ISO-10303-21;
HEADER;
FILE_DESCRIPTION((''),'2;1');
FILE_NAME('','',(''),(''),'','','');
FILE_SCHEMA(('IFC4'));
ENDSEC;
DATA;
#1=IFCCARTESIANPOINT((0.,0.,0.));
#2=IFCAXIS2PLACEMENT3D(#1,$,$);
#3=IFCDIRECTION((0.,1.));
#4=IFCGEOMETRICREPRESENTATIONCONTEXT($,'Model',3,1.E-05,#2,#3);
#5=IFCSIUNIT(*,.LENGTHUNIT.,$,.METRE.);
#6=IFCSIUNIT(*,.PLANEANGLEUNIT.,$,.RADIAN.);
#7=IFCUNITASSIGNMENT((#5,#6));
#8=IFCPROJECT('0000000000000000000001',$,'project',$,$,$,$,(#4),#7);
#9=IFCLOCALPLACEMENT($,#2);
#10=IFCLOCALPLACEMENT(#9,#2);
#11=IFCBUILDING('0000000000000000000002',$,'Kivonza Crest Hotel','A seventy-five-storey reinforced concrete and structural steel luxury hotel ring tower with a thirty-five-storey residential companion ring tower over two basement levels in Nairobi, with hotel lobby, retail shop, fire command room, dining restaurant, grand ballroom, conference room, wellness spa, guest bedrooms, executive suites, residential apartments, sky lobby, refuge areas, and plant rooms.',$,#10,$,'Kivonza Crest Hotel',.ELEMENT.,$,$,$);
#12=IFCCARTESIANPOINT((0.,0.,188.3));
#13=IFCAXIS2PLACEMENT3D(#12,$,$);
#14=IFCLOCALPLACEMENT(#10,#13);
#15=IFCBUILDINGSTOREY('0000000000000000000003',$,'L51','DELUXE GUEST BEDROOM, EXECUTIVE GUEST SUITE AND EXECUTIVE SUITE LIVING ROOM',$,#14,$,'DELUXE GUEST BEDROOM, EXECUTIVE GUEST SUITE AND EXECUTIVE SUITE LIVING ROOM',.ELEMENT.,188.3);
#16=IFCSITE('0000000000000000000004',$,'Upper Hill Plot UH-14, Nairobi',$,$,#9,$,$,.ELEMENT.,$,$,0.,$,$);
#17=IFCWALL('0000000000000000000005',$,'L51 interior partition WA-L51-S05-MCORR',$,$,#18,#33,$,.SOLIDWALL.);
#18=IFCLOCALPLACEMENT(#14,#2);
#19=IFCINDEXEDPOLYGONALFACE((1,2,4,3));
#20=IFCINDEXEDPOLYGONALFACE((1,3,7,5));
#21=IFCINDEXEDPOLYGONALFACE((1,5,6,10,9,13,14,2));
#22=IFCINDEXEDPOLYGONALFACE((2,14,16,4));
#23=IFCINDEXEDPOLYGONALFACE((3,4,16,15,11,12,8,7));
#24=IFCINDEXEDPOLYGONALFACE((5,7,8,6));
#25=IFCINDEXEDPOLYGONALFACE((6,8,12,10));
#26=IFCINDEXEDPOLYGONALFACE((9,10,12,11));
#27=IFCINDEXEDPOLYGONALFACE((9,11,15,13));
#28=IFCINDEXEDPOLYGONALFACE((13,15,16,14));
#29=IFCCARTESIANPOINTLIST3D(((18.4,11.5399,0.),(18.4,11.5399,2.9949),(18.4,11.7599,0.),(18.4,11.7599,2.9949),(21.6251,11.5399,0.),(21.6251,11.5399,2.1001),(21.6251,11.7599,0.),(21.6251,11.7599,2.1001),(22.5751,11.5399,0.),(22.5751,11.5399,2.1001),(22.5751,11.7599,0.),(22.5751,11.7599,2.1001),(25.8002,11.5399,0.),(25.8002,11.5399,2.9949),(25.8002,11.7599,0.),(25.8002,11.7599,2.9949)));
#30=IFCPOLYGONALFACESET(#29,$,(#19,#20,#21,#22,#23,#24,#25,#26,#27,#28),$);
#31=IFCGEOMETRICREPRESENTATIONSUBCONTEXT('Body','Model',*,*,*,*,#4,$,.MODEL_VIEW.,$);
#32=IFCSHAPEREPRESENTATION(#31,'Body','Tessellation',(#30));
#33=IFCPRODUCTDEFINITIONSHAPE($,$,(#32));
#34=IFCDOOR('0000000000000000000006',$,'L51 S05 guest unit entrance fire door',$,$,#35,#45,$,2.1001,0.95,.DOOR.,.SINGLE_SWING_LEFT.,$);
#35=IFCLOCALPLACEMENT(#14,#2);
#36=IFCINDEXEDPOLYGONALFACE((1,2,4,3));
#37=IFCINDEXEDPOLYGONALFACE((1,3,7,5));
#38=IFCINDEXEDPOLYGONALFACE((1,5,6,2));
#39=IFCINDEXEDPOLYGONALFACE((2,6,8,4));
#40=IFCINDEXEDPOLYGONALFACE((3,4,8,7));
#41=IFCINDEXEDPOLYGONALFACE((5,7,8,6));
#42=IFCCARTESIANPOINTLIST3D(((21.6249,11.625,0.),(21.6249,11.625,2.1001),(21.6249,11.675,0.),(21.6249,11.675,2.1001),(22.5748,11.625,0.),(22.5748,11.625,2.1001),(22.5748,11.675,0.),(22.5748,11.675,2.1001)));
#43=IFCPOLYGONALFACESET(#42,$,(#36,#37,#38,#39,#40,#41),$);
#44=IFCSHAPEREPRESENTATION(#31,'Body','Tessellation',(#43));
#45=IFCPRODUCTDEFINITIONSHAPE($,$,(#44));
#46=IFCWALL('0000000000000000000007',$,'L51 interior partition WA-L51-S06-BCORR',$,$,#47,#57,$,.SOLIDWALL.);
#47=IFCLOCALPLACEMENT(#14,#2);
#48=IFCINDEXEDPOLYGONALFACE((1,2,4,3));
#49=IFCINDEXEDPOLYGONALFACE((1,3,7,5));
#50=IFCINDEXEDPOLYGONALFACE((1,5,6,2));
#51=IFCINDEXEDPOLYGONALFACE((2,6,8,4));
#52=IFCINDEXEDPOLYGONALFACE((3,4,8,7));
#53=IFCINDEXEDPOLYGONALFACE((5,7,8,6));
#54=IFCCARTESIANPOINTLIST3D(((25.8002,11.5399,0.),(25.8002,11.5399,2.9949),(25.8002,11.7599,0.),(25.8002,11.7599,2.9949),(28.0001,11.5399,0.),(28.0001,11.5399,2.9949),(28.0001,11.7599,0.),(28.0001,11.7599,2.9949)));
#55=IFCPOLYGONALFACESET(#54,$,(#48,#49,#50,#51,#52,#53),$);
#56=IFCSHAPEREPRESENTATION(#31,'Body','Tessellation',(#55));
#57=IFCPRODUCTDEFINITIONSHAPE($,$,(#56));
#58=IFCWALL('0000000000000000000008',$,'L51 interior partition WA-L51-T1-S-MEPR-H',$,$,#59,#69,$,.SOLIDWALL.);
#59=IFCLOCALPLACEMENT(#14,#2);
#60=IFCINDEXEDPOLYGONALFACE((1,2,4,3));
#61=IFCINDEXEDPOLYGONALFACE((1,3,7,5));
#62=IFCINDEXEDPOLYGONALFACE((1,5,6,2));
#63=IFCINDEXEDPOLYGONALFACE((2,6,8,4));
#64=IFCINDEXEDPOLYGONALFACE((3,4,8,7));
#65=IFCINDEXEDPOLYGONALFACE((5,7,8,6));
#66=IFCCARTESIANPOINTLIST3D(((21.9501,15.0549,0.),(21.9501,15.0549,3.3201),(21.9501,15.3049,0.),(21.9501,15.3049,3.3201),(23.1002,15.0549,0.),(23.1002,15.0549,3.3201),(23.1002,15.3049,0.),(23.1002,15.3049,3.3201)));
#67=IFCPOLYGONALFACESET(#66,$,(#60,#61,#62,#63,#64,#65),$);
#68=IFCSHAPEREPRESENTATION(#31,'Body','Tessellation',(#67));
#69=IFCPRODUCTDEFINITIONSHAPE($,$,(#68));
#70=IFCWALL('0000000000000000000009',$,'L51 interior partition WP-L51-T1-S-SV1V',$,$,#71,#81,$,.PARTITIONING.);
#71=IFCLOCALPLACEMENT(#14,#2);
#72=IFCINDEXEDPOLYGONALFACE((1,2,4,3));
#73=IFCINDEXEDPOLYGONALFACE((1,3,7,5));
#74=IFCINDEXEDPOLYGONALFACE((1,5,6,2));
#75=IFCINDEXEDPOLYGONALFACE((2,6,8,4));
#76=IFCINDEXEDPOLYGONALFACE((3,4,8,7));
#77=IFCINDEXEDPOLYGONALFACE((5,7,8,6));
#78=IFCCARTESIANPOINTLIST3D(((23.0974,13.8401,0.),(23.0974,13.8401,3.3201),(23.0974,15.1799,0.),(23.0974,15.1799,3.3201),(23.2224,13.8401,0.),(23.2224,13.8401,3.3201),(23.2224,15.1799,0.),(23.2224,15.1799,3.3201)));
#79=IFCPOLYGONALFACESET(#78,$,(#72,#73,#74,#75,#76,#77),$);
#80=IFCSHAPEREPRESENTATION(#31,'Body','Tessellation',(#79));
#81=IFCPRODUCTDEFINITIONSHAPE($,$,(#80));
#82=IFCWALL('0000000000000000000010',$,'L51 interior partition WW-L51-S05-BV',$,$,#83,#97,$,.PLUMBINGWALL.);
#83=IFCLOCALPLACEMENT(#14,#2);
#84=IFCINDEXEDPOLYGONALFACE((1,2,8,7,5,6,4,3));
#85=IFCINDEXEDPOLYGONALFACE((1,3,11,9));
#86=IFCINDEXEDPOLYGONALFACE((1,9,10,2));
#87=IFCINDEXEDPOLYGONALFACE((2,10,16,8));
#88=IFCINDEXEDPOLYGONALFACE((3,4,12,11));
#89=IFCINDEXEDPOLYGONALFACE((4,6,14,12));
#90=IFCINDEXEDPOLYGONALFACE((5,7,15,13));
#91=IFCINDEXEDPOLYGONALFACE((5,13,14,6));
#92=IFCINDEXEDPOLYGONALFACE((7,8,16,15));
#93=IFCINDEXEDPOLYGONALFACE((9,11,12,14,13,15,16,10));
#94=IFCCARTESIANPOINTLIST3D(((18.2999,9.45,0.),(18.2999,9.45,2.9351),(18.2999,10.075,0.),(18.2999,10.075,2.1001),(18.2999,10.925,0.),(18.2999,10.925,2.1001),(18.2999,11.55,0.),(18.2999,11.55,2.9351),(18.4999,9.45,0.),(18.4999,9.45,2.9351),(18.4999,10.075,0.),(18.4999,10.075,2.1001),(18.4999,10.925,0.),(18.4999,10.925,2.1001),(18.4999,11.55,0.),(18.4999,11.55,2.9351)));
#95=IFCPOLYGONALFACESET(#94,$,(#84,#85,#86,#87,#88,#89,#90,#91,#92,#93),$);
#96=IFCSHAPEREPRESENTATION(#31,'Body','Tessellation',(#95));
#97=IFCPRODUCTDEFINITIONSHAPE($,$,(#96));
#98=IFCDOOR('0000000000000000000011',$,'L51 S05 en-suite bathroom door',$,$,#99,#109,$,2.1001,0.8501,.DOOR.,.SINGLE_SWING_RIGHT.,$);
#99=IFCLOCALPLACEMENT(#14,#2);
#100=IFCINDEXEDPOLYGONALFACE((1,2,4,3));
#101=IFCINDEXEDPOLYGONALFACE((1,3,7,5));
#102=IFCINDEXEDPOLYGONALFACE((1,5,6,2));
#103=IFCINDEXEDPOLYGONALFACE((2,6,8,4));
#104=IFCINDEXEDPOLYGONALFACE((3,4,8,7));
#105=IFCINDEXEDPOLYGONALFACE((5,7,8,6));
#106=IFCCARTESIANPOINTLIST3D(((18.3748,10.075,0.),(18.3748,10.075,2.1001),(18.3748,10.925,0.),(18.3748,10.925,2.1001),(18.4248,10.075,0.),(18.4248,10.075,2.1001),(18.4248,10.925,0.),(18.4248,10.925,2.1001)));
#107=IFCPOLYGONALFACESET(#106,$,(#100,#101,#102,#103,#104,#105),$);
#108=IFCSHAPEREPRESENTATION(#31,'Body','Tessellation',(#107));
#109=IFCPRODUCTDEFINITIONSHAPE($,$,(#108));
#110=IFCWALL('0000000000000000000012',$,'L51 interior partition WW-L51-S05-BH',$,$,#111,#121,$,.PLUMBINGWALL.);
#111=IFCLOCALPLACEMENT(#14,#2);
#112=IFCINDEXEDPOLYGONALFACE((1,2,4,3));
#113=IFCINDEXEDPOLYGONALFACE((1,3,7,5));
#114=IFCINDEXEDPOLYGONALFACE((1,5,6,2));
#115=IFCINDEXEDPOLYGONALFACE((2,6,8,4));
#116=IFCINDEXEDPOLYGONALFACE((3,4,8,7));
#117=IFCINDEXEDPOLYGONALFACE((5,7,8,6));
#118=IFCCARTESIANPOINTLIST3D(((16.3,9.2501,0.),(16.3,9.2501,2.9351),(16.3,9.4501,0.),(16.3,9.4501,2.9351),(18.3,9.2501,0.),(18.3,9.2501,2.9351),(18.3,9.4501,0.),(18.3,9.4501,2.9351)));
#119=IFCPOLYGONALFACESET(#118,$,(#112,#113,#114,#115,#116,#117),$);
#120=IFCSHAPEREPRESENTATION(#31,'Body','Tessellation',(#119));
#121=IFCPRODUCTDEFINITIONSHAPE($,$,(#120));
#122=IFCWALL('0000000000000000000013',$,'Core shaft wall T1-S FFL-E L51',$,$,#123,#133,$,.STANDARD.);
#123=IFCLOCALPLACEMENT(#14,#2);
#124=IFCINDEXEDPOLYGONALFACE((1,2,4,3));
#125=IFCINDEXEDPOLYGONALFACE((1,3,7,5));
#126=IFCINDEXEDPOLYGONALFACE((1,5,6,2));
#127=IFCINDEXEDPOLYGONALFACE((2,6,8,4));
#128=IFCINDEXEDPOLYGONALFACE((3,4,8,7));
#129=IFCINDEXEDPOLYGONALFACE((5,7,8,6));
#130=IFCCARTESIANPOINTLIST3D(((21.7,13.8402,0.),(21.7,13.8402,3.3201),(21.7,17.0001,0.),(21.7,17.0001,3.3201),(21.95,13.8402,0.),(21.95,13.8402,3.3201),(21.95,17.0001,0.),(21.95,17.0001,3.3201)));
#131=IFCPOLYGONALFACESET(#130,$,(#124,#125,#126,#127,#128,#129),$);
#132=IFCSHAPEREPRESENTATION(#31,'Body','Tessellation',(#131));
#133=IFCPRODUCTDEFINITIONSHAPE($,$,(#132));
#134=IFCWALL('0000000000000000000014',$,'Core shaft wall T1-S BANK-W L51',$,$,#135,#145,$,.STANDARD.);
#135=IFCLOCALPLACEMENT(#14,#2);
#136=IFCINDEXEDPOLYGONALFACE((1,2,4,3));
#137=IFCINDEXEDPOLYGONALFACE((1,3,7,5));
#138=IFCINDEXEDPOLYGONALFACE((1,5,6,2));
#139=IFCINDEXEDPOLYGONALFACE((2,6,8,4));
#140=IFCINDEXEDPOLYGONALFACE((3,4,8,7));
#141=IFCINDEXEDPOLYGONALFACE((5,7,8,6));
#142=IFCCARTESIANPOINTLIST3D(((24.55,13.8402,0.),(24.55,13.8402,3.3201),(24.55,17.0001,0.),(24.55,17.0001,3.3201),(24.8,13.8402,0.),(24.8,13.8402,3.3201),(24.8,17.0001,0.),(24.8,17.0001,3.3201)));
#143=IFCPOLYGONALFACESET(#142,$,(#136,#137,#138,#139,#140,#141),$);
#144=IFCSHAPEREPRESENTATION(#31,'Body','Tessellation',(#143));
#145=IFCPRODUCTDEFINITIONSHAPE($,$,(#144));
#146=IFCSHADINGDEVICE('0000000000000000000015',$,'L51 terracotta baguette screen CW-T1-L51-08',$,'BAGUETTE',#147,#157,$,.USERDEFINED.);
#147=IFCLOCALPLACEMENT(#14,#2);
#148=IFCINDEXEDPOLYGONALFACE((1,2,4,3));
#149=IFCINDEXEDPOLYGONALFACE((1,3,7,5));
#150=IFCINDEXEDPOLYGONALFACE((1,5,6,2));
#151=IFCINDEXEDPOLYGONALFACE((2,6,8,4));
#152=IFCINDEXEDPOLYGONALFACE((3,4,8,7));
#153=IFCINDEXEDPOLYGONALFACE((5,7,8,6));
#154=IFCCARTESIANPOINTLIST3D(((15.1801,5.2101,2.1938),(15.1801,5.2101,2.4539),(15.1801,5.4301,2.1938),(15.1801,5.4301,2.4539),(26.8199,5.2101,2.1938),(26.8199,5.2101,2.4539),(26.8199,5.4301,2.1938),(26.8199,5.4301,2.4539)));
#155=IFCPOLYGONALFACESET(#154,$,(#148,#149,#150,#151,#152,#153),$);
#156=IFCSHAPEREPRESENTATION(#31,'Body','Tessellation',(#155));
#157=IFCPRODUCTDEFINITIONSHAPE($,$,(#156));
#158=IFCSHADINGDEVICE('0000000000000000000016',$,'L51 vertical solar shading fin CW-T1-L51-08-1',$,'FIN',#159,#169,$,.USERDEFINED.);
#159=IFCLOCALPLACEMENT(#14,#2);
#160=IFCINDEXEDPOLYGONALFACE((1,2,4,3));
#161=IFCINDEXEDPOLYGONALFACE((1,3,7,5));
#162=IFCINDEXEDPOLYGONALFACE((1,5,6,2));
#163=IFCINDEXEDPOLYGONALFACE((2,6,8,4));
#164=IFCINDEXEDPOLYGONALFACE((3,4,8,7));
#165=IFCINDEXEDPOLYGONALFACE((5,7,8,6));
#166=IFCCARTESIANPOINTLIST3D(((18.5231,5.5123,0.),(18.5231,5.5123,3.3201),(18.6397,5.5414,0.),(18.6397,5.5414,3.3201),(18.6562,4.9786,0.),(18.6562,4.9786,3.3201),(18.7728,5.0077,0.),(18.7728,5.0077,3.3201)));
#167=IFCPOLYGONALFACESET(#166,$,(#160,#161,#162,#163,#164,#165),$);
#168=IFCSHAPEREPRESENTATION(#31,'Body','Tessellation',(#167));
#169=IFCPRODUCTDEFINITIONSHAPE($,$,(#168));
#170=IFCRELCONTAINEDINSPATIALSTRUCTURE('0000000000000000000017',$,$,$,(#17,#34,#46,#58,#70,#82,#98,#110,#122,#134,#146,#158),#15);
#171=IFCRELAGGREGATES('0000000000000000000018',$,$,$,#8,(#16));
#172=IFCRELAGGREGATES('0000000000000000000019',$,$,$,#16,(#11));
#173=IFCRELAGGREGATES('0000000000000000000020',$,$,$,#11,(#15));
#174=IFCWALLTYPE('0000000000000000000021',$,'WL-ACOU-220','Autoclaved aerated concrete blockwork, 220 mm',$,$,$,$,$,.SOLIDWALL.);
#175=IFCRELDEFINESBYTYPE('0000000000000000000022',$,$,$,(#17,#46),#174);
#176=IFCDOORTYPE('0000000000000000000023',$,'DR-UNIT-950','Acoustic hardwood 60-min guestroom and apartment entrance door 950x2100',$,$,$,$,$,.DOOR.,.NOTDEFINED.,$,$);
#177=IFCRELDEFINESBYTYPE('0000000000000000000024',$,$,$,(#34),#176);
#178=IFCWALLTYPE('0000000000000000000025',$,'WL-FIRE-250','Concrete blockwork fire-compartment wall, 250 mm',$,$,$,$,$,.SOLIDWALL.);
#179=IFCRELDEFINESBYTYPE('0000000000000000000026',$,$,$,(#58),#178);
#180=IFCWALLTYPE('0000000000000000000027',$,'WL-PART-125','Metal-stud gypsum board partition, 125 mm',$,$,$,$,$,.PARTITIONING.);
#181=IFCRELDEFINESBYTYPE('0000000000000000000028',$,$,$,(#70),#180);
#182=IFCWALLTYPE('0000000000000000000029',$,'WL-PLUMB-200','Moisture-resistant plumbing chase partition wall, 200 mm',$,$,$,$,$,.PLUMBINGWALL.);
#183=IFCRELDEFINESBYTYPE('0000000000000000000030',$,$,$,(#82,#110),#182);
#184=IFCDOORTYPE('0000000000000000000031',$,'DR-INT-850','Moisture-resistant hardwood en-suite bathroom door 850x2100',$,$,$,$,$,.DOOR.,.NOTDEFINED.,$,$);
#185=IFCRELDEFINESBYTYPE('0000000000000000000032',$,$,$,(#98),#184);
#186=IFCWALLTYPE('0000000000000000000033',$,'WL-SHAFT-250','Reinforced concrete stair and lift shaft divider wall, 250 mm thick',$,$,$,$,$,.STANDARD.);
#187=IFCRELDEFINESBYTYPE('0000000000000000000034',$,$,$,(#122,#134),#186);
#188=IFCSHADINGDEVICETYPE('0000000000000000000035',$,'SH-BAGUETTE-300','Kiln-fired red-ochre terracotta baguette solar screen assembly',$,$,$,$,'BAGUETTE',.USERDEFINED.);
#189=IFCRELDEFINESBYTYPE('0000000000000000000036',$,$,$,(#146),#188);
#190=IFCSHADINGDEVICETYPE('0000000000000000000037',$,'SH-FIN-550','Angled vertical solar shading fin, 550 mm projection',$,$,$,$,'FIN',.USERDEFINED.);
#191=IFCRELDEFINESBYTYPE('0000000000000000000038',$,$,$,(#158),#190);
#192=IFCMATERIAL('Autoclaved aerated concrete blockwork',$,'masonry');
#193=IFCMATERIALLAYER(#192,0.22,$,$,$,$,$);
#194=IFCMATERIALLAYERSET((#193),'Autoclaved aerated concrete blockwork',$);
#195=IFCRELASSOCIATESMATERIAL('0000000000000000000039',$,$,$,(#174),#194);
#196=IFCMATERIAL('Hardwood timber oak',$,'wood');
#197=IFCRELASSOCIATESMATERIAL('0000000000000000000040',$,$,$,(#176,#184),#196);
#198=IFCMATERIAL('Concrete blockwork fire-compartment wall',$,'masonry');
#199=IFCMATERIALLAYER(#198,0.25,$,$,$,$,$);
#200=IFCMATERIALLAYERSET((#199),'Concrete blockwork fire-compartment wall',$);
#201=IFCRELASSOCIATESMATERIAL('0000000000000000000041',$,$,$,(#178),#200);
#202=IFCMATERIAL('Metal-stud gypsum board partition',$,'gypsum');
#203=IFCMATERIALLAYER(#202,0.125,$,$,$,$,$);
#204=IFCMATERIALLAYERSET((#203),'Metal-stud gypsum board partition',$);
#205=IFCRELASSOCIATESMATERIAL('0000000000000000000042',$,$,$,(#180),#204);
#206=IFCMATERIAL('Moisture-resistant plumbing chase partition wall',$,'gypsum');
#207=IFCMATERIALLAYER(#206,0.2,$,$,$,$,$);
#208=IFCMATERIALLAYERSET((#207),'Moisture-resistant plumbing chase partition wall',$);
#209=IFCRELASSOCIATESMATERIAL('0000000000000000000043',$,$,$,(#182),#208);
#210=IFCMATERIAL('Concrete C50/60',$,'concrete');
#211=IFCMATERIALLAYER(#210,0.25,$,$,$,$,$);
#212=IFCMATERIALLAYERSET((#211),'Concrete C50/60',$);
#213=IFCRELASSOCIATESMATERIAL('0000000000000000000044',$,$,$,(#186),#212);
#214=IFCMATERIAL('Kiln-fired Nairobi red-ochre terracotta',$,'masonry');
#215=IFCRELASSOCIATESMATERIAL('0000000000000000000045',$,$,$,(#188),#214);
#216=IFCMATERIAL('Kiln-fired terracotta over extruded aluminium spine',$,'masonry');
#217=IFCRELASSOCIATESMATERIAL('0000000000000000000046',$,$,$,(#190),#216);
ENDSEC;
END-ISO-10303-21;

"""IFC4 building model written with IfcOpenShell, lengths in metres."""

from ifc_helpers import new_model, si_unit, direction, frame, frame_2d, origin, origin_2d, place, context, subcontext, project, spatial, rectangle, extrude, material, layer, layer_set, type_object, element, fill, save


model = new_model("IFC4")

# Units and contexts
model_context = context("Model", 3, precision=1e-05, world=origin(), true_north=direction((0.0, 1.0)))
body_context = subcontext(model_context, "Body", "Model", "MODEL_VIEW")
ifc_project = project(units=[si_unit("LENGTHUNIT", "METRE"), si_unit("PLANEANGLEUNIT", "RADIAN")], contexts=[model_context])

# Site, building, storey
site_placement = place(None, origin())
site = spatial("IfcSite", under=ifc_project, at=site_placement, Name="Upper Hill Plot UH-14, Nairobi", CompositionType="ELEMENT", RefElevation=0.0)
building_placement = place(site_placement, origin())
building = spatial("IfcBuilding", under=site, at=building_placement, Name="Kivonza Crest Hotel", Description="A seventy-five-storey reinforced concrete and structural steel luxury hotel ring tower with a thirty-five-storey residential companion ring tower over two basement levels in Nairobi, with hotel lobby, retail shop, fire command room, dining restaurant, grand ballroom, conference room, wellness spa, guest bedrooms, executive suites, residential apartments, sky lobby, refuge areas, and plant rooms.", LongName="Kivonza Crest Hotel", CompositionType="ELEMENT")
storey_placement = place(building_placement, frame((0.0, 0.0, 188.3)))
storey = spatial("IfcBuildingStorey", under=building, at=storey_placement, Name="L51", Description="DELUXE GUEST BEDROOM, EXECUTIVE GUEST SUITE AND EXECUTIVE SUITE LIVING ROOM", LongName="DELUXE GUEST BEDROOM, EXECUTIVE GUEST SUITE AND EXECUTIVE SUITE LIVING ROOM", CompositionType="ELEMENT", Elevation=188.3)

# Shared definitions
ifc_material_1 = material(Name="Concrete C50/60", Category="concrete")

# Wall, opening, door
ifc_material_2 = material(Name="Autoclaved aerated concrete blockwork", Category="masonry")
ifc_layer_1 = layer(ifc_material_2, 0.22)
ifc_layer_set_1 = layer_set([ifc_layer_1], Name="Autoclaved aerated concrete blockwork")
wall_type_1 = type_object("IfcWallType", Name="WL-ACOU-220", Description="Autoclaved aerated concrete blockwork, 220 mm", PredefinedType="SOLIDWALL", material=ifc_layer_set_1)
wall_1_placement = place(storey_placement, frame((18.3999, 11.6499, 0.0), z_axis=(0.0, 0.0, 1.0), x_axis=(1.0, 0.0, 0.0)))
wall_1 = element("IfcWall", 1, at=wall_1_placement, inside=storey, type_object=wall_type_1, Name="L51 interior partition WA-L51-S05-MCORR", PredefinedType="SOLIDWALL", context=body_context, shape_type="SweptSolid", body=[
    extrude(rectangle(XDim=7.4001, YDim=0.22, at=frame_2d((3.7002, 0.0))), origin(), (0.0, 0.0, 1.0), 2.9949),
])
opening_1_placement = place(wall_1_placement, frame((3.2251, 0.0, 0.0)))
opening_1 = element("IfcOpeningElement", 2, at=opening_1_placement, cuts=wall_1, PredefinedType="OPENING", context=body_context, shape_type="SweptSolid", body=[
    extrude(rectangle(XDim=0.95, YDim=2.1001, at=frame_2d((0.4751, 1.05))), frame((0.0, 0.1201, 0.0), z_axis=(0.0, -1.0, 0.0), x_axis=(1.0, 0.0, 0.0)), (0.0, 0.0, 1.0), 0.24),
])
ifc_material_3 = material(Name="Hardwood timber oak", Category="wood")
door_type_1 = type_object("IfcDoorType", Name="DR-UNIT-950", Description="Acoustic hardwood 60-min guestroom and apartment entrance door 950x2100", OperationType="NOTDEFINED", PredefinedType="DOOR", material=ifc_material_3)
door_1_placement = place(opening_1_placement, frame((0.95, 0.0, 0.0), z_axis=(0.0, 0.0, 1.0), x_axis=(-1.0, 0.0, 0.0)))
door_1 = element("IfcDoor", 3, at=door_1_placement, inside=storey, type_object=door_type_1, Name="L51 S05 guest unit entrance fire door", OperationType="SINGLE_SWING_LEFT", OverallHeight=2.1001, OverallWidth=0.95, PredefinedType="DOOR", context=body_context, shape_type="SweptSolid", body=[
    extrude(rectangle(XDim=0.95, YDim=2.1001, at=frame_2d((0.4751, 1.05))), frame((0.0, 0.0249, 0.0), z_axis=(0.0, -1.0, 0.0), x_axis=(1.0, 0.0, 0.0)), (0.0, 0.0, 1.0), 0.05),
])
fill(opening_1, door_1)

# Walls
wall_2_placement = place(storey_placement, frame((25.8, 11.6499, 0.0), z_axis=(0.0, 0.0, 1.0), x_axis=(1.0, 0.0, 0.0)))
element("IfcWall", 4, at=wall_2_placement, inside=storey, type_object=wall_type_1, Name="L51 interior partition WA-L51-S06-BCORR", PredefinedType="SOLIDWALL", context=body_context, shape_type="SweptSolid", body=[
    extrude(rectangle(XDim=2.2, YDim=0.22, at=frame_2d((1.1001, 0.0))), origin(), (0.0, 0.0, 1.0), 2.9949),
])
ifc_material_4 = material(Name="Concrete blockwork fire-compartment wall", Category="masonry")
ifc_layer_2 = layer(ifc_material_4, 0.25)
ifc_layer_set_2 = layer_set([ifc_layer_2], Name="Concrete blockwork fire-compartment wall")
wall_type_2 = type_object("IfcWallType", Name="WL-FIRE-250", Description="Concrete blockwork fire-compartment wall, 250 mm", PredefinedType="SOLIDWALL", material=ifc_layer_set_2)
wall_3_placement = place(storey_placement, frame((21.95, 15.1799, 0.0), z_axis=(0.0, 0.0, 1.0), x_axis=(1.0, 0.0, 0.0)))
element("IfcWall", 5, at=wall_3_placement, inside=storey, type_object=wall_type_2, Name="L51 interior partition WA-L51-T1-S-MEPR-H", PredefinedType="SOLIDWALL", context=body_context, shape_type="SweptSolid", body=[
    extrude(rectangle(XDim=1.1501, YDim=0.25, at=frame_2d((0.5752, 0.0))), origin(), (0.0, 0.0, 1.0), 3.3201),
])
ifc_material_5 = material(Name="Metal-stud gypsum board partition", Category="gypsum")
ifc_layer_3 = layer(ifc_material_5, 0.125)
ifc_layer_set_3 = layer_set([ifc_layer_3], Name="Metal-stud gypsum board partition")
wall_type_3 = type_object("IfcWallType", Name="WL-PART-125", Description="Metal-stud gypsum board partition, 125 mm", PredefinedType="PARTITIONING", material=ifc_layer_set_3)
wall_4_placement = place(storey_placement, frame((23.1599, 13.8401, 0.0), z_axis=(0.0, 0.0, 1.0), x_axis=(0.0, 1.0, 0.0)))
element("IfcWall", 6, at=wall_4_placement, inside=storey, type_object=wall_type_3, Name="L51 interior partition WP-L51-T1-S-SV1V", PredefinedType="PARTITIONING", context=body_context, shape_type="SweptSolid", body=[
    extrude(rectangle(XDim=1.3398, YDim=0.125, at=frame_2d((0.6699, 0.0))), origin(), (0.0, 0.0, 1.0), 3.3201),
])

# Wall, opening, door
ifc_material_6 = material(Name="Moisture-resistant plumbing chase partition wall", Category="gypsum")
ifc_layer_4 = layer(ifc_material_6, 0.2)
ifc_layer_set_4 = layer_set([ifc_layer_4], Name="Moisture-resistant plumbing chase partition wall")
wall_type_4 = type_object("IfcWallType", Name="WL-PLUMB-200", Description="Moisture-resistant plumbing chase partition wall, 200 mm", PredefinedType="PLUMBINGWALL", material=ifc_layer_set_4)
wall_5_placement = place(storey_placement, frame((18.3999, 9.45, 0.0), z_axis=(0.0, 0.0, 1.0), x_axis=(0.0, 1.0, 0.0)))
wall_5 = element("IfcWall", 7, at=wall_5_placement, inside=storey, type_object=wall_type_4, Name="L51 interior partition WW-L51-S05-BV", PredefinedType="PLUMBINGWALL", context=body_context, shape_type="SweptSolid", body=[
    extrude(rectangle(XDim=2.1001, YDim=0.2, at=frame_2d((1.05, 0.0))), origin(), (0.0, 0.0, 1.0), 2.9351),
])
opening_2_placement = place(wall_5_placement, frame((0.625, 0.0, 0.0)))
opening_2 = element("IfcOpeningElement", 8, at=opening_2_placement, cuts=wall_5, PredefinedType="OPENING", context=body_context, shape_type="SweptSolid", body=[
    extrude(rectangle(XDim=0.8501, YDim=2.1001, at=frame_2d((0.425, 1.05))), frame((0.0, 0.1099, 0.0), z_axis=(0.0, -1.0, 0.0), x_axis=(1.0, 0.0, 0.0)), (0.0, 0.0, 1.0), 0.22),
])
door_type_2 = type_object("IfcDoorType", Name="DR-INT-850", Description="Moisture-resistant hardwood en-suite bathroom door 850x2100", OperationType="NOTDEFINED", PredefinedType="DOOR", material=ifc_material_3)
door_2_placement = place(opening_2_placement, frame((0.8501, 0.0, 0.0), z_axis=(0.0, 0.0, 1.0), x_axis=(-1.0, 0.0, 0.0)))
door_2 = element("IfcDoor", 9, at=door_2_placement, inside=storey, type_object=door_type_2, Name="L51 S05 en-suite bathroom door", OperationType="SINGLE_SWING_RIGHT", OverallHeight=2.1001, OverallWidth=0.8501, PredefinedType="DOOR", context=body_context, shape_type="SweptSolid", body=[
    extrude(rectangle(XDim=0.8501, YDim=2.1001, at=frame_2d((0.425, 1.05))), frame((0.0, 0.0249, 0.0), z_axis=(0.0, -1.0, 0.0), x_axis=(1.0, 0.0, 0.0)), (0.0, 0.0, 1.0), 0.05),
])
fill(opening_2, door_2)

# Wall
wall_6_placement = place(storey_placement, frame((16.3, 9.3501, 0.0), z_axis=(0.0, 0.0, 1.0), x_axis=(1.0, 0.0, 0.0)))
element("IfcWall", 10, at=wall_6_placement, inside=storey, type_object=wall_type_4, Name="L51 interior partition WW-L51-S05-BH", PredefinedType="PLUMBINGWALL", context=body_context, shape_type="SweptSolid", body=[
    extrude(rectangle(XDim=2.0, YDim=0.2, at=frame_2d((1.0, 0.0))), origin(), (0.0, 0.0, 1.0), 2.9351),
])

# Shared definitions
ifc_layer_5 = layer(ifc_material_1, 0.25)
ifc_layer_set_5 = layer_set([ifc_layer_5], Name="Concrete C50/60")
wall_type_5 = type_object("IfcWallType", Name="WL-SHAFT-250", Description="Reinforced concrete stair and lift shaft divider wall, 250 mm thick", PredefinedType="STANDARD", material=ifc_layer_set_5)

# Walls
for number, where, z_axis, x_axis, name in (
    (11, (21.825, 13.8401, 0.0), (0.0, 0.0, 1.0), (0.0, 1.0, 0.0), "Core shaft wall T1-S FFL-E L51"),
    (12, (24.675, 13.8401, 0.0), (0.0, 0.0, 1.0), (0.0, 1.0, 0.0), "Core shaft wall T1-S BANK-W L51"),
):
    element("IfcWall", number, at=place(storey_placement, frame(where, z_axis=z_axis, x_axis=x_axis)), inside=storey, type_object=wall_type_5, Name=name, PredefinedType="STANDARD", context=body_context, shape_type="SweptSolid", body=[
        extrude(rectangle(XDim=3.1599, YDim=0.25, at=frame_2d((1.5801, 0.0))), origin(), (0.0, 0.0, 1.0), 3.3201),
    ])

# Shading devices
ifc_material_7 = material(Name="Kiln-fired Nairobi red-ochre terracotta", Category="masonry")
shading_device_type_1 = type_object("IfcShadingDeviceType", Name="SH-BAGUETTE-300", Description="Kiln-fired red-ochre terracotta baguette solar screen assembly", ElementType="BAGUETTE", PredefinedType="USERDEFINED", material=ifc_material_7)
shading_device_placement = place(storey_placement, frame((21.0, 5.3201, 2.1938), z_axis=(0.0, 0.0, 1.0), x_axis=(1.0, 0.0, 0.0)))
element("IfcShadingDevice", 13, at=shading_device_placement, inside=storey, type_object=shading_device_type_1, Name="L51 terracotta baguette screen CW-T1-L51-08", ObjectType="BAGUETTE", PredefinedType="USERDEFINED", context=body_context, shape_type="SweptSolid", body=[
    extrude(rectangle(XDim=11.6399, YDim=0.22, at=origin_2d()), origin(), (0.0, 0.0, 1.0), 0.26),
])
ifc_material_8 = material(Name="Kiln-fired terracotta over extruded aluminium spine", Category="masonry")
shading_device_type_2 = type_object("IfcShadingDeviceType", Name="SH-FIN-550", Description="Angled vertical solar shading fin, 550 mm projection", ElementType="FIN", PredefinedType="USERDEFINED", material=ifc_material_8)
for number, where, z_axis, x_axis, name in (
    (14, (18.6479, 5.26, 0.0), (0.0, 0.0, 1.0), (0.970296, 0.241922, 0.0), "L51 vertical solar shading fin CW-T1-L51-08-1"),
):
    element("IfcShadingDevice", number, at=place(storey_placement, frame(where, z_axis=z_axis, x_axis=x_axis)), inside=storey, type_object=shading_device_type_2, Name=name, ObjectType="FIN", PredefinedType="USERDEFINED", context=body_context, shape_type="SweptSolid", body=[
        extrude(rectangle(XDim=0.1201, YDim=0.55, at=origin_2d()), origin(), (0.0, 0.0, 1.0), 3.3201),
    ])

save(model, "model.ifc")
